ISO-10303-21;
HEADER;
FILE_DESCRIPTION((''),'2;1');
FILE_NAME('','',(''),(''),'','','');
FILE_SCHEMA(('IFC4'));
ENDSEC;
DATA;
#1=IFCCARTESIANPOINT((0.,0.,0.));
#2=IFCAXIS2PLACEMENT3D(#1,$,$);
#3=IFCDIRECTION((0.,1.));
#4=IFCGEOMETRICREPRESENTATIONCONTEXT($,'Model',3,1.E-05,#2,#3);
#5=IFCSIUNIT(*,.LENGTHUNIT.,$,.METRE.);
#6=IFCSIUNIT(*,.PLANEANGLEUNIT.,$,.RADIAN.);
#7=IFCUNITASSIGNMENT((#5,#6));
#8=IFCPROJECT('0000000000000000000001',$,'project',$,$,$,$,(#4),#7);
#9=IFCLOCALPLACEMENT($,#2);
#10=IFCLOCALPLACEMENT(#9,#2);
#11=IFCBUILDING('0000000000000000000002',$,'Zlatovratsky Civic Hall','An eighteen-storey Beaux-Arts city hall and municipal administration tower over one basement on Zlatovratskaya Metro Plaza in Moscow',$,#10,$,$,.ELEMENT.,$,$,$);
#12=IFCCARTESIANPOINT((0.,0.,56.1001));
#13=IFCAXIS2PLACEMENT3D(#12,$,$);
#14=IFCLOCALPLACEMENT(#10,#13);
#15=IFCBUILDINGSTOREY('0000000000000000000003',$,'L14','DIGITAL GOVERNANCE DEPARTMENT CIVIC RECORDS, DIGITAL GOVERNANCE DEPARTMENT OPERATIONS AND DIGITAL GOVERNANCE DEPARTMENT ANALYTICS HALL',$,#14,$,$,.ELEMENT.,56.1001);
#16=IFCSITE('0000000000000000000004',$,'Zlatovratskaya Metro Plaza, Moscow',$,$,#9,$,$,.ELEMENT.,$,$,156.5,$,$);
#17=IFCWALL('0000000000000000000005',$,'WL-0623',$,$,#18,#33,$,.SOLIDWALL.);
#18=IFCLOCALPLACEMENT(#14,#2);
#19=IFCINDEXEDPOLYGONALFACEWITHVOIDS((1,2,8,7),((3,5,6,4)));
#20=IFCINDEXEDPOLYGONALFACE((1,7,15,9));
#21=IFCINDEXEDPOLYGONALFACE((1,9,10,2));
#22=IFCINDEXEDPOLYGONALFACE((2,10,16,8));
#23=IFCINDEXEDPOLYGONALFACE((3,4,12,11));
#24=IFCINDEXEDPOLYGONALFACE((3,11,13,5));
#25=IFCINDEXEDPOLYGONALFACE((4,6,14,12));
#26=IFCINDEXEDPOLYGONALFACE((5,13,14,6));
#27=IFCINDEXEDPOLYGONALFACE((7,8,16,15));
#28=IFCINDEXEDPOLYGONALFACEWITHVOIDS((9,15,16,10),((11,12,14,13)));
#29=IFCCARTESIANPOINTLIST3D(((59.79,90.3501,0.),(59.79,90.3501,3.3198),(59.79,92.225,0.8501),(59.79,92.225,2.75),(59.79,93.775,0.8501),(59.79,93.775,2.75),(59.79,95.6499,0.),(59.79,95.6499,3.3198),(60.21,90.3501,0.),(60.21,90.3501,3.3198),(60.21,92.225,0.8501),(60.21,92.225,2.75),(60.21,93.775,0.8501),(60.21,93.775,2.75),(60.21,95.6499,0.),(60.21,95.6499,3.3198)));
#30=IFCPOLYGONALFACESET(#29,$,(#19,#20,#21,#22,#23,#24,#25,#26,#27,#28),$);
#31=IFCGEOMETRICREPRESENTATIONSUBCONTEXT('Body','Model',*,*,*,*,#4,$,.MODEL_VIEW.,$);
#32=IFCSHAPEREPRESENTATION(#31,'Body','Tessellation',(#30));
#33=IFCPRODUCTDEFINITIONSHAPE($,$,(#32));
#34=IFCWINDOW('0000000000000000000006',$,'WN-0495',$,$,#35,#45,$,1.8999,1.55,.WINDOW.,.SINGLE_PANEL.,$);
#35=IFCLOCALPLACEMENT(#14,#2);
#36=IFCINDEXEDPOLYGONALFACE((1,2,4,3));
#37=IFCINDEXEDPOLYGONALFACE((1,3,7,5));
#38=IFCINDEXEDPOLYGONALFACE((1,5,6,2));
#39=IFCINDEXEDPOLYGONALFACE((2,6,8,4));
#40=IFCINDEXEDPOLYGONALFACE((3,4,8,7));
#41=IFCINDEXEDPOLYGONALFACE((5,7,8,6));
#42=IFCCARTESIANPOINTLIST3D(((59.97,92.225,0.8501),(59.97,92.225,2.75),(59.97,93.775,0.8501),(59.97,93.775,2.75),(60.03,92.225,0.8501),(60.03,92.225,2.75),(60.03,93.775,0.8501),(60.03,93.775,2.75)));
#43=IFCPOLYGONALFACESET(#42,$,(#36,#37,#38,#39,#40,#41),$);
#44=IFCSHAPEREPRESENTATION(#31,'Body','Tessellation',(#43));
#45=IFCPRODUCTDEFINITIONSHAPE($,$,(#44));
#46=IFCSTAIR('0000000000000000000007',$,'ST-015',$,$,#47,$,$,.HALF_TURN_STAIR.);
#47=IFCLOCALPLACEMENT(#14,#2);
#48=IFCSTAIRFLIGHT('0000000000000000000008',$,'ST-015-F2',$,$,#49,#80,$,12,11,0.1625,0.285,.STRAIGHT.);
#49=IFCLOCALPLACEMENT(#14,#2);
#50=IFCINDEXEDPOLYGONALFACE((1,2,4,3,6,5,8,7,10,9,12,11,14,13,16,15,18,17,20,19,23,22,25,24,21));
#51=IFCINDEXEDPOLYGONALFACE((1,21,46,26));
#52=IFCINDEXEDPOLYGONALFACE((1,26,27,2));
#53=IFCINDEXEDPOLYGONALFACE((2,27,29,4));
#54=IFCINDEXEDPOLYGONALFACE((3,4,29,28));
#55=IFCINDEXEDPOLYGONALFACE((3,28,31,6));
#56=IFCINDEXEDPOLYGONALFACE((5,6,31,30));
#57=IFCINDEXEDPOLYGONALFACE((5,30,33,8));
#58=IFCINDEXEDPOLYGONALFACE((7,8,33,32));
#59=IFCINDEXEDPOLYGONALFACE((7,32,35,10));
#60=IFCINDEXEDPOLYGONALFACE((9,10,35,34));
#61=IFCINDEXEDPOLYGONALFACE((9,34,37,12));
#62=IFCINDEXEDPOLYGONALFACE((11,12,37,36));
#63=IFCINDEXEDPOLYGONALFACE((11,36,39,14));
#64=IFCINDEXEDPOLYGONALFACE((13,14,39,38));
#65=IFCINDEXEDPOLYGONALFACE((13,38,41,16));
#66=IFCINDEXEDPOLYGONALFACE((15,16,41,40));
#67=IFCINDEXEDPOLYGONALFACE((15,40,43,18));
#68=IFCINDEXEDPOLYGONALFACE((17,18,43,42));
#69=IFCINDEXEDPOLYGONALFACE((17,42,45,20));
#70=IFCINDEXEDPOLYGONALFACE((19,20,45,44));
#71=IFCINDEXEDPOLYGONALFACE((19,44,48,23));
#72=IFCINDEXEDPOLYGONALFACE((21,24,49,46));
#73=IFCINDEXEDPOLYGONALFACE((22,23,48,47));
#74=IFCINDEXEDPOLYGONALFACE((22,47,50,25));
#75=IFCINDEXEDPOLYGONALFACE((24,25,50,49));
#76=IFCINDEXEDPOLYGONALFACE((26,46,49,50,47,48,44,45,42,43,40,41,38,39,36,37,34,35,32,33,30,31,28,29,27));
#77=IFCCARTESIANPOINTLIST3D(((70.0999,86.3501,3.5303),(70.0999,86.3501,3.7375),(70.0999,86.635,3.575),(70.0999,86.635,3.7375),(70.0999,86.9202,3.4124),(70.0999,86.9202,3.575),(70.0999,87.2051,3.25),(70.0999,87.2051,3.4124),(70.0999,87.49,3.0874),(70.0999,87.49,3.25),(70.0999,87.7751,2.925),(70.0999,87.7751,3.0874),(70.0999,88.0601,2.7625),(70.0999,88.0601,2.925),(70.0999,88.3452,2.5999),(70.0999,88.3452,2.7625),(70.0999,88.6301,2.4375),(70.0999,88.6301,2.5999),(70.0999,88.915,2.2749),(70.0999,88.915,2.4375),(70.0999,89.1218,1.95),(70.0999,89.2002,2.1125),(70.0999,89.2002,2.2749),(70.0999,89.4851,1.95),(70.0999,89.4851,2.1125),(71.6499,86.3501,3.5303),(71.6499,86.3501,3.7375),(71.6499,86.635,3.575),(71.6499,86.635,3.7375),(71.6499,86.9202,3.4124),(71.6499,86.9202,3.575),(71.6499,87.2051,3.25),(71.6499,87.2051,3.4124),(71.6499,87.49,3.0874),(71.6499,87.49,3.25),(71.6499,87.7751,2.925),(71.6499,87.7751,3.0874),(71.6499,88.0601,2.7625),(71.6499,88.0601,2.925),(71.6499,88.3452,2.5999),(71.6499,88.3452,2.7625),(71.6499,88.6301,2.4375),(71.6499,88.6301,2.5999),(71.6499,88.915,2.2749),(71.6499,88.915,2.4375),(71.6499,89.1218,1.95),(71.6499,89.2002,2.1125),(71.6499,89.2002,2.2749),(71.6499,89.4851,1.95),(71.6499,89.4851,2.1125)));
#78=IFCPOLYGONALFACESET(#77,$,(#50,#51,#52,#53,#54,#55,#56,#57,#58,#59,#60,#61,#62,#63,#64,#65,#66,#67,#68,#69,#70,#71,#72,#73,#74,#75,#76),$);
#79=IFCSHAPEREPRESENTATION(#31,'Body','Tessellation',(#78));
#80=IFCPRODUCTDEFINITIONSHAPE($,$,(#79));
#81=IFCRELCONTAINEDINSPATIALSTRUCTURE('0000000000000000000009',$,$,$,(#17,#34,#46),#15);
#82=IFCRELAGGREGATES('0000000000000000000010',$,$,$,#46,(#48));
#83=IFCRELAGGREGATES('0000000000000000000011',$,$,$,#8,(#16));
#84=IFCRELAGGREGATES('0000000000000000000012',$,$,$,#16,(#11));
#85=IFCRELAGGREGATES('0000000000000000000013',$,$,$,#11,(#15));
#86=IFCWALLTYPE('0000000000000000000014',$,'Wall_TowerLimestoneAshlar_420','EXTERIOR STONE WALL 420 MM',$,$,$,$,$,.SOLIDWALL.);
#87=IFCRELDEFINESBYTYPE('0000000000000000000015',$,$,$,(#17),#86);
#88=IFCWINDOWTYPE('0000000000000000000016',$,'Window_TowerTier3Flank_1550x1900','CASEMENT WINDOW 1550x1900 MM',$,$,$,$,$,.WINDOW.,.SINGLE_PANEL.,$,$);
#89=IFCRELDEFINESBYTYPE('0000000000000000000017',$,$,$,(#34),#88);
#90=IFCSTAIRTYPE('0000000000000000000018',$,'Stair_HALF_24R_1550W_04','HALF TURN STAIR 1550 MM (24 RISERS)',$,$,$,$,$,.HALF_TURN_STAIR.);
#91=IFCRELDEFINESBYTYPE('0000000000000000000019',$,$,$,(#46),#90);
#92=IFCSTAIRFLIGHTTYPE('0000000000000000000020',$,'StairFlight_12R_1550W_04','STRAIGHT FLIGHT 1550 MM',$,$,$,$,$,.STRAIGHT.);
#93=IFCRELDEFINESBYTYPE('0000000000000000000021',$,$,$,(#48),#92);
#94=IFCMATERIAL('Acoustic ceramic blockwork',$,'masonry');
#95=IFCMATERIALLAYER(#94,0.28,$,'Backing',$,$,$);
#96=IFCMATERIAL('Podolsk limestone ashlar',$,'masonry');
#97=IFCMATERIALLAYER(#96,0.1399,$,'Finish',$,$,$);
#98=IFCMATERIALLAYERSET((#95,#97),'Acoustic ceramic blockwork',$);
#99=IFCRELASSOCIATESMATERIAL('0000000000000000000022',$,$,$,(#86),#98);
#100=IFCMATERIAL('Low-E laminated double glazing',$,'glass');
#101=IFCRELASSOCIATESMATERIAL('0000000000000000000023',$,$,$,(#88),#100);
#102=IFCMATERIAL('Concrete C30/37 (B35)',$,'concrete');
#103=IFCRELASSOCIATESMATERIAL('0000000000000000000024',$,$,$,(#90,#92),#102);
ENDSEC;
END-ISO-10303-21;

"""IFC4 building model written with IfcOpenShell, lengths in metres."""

from ifc_helpers import new_model, si_unit, direction, frame, frame_2d, origin, place, context, subcontext, project, spatial, polyline, rectangle, outline, extrude, material, layer, layer_set, type_object, element, fill, aggregate, save


model = new_model("IFC4")

# Units and contexts
model_context = context("Model", 3, precision=1e-05, world=origin(), true_north=direction((0.0, 1.0)))
body_context = subcontext(model_context, "Body", "Model", "MODEL_VIEW")
ifc_project = project(units=[si_unit("LENGTHUNIT", "METRE"), si_unit("PLANEANGLEUNIT", "RADIAN")], contexts=[model_context])

# Site, building, storey
site_placement = place(None, origin())
site = spatial("IfcSite", under=ifc_project, at=site_placement, Name="Zlatovratskaya Metro Plaza, Moscow", CompositionType="ELEMENT", RefElevation=156.5)
building_placement = place(site_placement, origin())
building = spatial("IfcBuilding", under=site, at=building_placement, Name="Zlatovratsky Civic Hall", Description="An eighteen-storey Beaux-Arts city hall and municipal administration tower over one basement on Zlatovratskaya Metro Plaza in Moscow", CompositionType="ELEMENT")
storey_placement = place(building_placement, frame((0.0, 0.0, 56.1001)))
storey = spatial("IfcBuildingStorey", under=building, at=storey_placement, Name="L14", Description="DIGITAL GOVERNANCE DEPARTMENT CIVIC RECORDS, DIGITAL GOVERNANCE DEPARTMENT OPERATIONS AND DIGITAL GOVERNANCE DEPARTMENT ANALYTICS HALL", CompositionType="ELEMENT", Elevation=56.1001)

# Shared definitions
ifc_material_1 = material(Name="Acoustic ceramic blockwork", Category="masonry")

# Wall, opening, window
ifc_layer_1 = layer(ifc_material_1, 0.28, Name="Backing")
ifc_material_2 = material(Name="Podolsk limestone ashlar", Category="masonry")
ifc_layer_2 = layer(ifc_material_2, 0.1399, Name="Finish")
ifc_layer_set_1 = layer_set([ifc_layer_1, ifc_layer_2], Name="Acoustic ceramic blockwork")
wall_type_1 = type_object("IfcWallType", Name="Wall_TowerLimestoneAshlar_420", Description="EXTERIOR STONE WALL 420 MM", PredefinedType="SOLIDWALL", material=ifc_layer_set_1)
wall_1_placement = place(storey_placement, frame((60.0, 90.3501, 0.0), z_axis=(0.0, 0.0, 1.0), x_axis=(0.0, 1.0, 0.0)))
wall_1 = element("IfcWall", 1, at=wall_1_placement, inside=storey, type_object=wall_type_1, Name="WL-0623", PredefinedType="SOLIDWALL", context=body_context, shape_type="SweptSolid", body=[
    extrude(rectangle(XDim=5.2998, YDim=0.4199, at=frame_2d((2.6499, 0.0))), origin(), (0.0, 0.0, 1.0), 3.3198),
])
opening_placement = place(wall_1_placement, frame((1.875, 0.0, 0.8501)))
opening = element("IfcOpeningElement", 2, at=opening_placement, cuts=wall_1, PredefinedType="OPENING", context=body_context, shape_type="SweptSolid", body=[
    extrude(rectangle(XDim=1.55, YDim=1.8999, at=frame_2d((0.7749, 0.95))), frame((0.0, 0.2249, 0.0), z_axis=(0.0, -1.0, 0.0), x_axis=(1.0, 0.0, 0.0)), (0.0, 0.0, 1.0), 0.4497),
])
ifc_material_3 = material(Name="Low-E laminated double glazing", Category="glass")
window_type = type_object("IfcWindowType", Name="Window_TowerTier3Flank_1550x1900", Description="CASEMENT WINDOW 1550x1900 MM", PartitioningType="SINGLE_PANEL", PredefinedType="WINDOW", material=ifc_material_3)
window_placement = place(opening_placement, origin())
window = element("IfcWindow", 3, at=window_placement, inside=storey, type_object=window_type, Name="WN-0495", OverallHeight=1.8999, OverallWidth=1.55, PartitioningType="SINGLE_PANEL", PredefinedType="WINDOW", context=body_context, shape_type="SweptSolid", body=[
    extrude(rectangle(XDim=1.55, YDim=1.8999, at=frame_2d((0.7749, 0.95))), frame((0.0, 0.03, 0.0), z_axis=(0.0, -1.0, 0.0), x_axis=(1.0, 0.0, 0.0)), (0.0, 0.0, 1.0), 0.0601),
])
fill(opening, window)

# Stair, stair flight
ifc_material_4 = material(Name="Concrete C30/37 (B35)", Category="concrete")
stair_type = type_object("IfcStairType", Name="Stair_HALF_24R_1550W_04", Description="HALF TURN STAIR 1550 MM (24 RISERS)", PredefinedType="HALF_TURN_STAIR", material=ifc_material_4)
stair_placement = place(storey_placement, origin())
stair = element("IfcStair", 4, at=stair_placement, inside=storey, type_object=stair_type, Name="ST-015", PredefinedType="HALF_TURN_STAIR")
stair_flight_type = type_object("IfcStairFlightType", Name="StairFlight_12R_1550W_04", Description="STRAIGHT FLIGHT 1550 MM", PredefinedType="STRAIGHT", material=ifc_material_4)
stair_flight_placement = place(storey_placement, frame((70.875, 89.4851, 1.95), z_axis=(0.0, 0.0, 1.0), x_axis=(0.0, -1.0, 0.0)))
stair_flight = element("IfcStairFlight", 5, at=stair_flight_placement, type_object=stair_flight_type, Name="ST-015-F2", NumberOfRisers=12, NumberOfTreads=11, PredefinedType="STRAIGHT", RiserHeight=0.1625, TreadLength=0.285, context=body_context, shape_type="SweptSolid", body=[
    extrude(outline(polyline([(0.0, 0.0), (0.0, 0.1626), (0.2849, 0.1626), (0.2849, 0.325), (0.5701, 0.325), (0.5701, 0.4875), (0.855, 0.4875), (0.855, 0.6499), (1.1399, 0.6499), (1.1399, 0.8125), (1.425, 0.8125), (1.425, 0.9751), (1.71, 0.9751), (1.71, 1.1375), (1.9951, 1.1375), (1.9951, 1.3), (2.28, 1.3), (2.28, 1.4624), (2.5649, 1.4624), (2.5649, 1.625), (2.8501, 1.625), (2.8501, 1.7876), (3.135, 1.7876), (3.135, 1.95), (3.135, 1.5803), (0.3633, 0.0), (0.0, 0.0)])), frame((0.0, 0.7749, 0.0), z_axis=(0.0, -1.0, 0.0), x_axis=(1.0, 0.0, 0.0)), (0.0, 0.0, 1.0), 1.55),
])
aggregate(stair, [stair_flight])

save(model, "model.ifc")
